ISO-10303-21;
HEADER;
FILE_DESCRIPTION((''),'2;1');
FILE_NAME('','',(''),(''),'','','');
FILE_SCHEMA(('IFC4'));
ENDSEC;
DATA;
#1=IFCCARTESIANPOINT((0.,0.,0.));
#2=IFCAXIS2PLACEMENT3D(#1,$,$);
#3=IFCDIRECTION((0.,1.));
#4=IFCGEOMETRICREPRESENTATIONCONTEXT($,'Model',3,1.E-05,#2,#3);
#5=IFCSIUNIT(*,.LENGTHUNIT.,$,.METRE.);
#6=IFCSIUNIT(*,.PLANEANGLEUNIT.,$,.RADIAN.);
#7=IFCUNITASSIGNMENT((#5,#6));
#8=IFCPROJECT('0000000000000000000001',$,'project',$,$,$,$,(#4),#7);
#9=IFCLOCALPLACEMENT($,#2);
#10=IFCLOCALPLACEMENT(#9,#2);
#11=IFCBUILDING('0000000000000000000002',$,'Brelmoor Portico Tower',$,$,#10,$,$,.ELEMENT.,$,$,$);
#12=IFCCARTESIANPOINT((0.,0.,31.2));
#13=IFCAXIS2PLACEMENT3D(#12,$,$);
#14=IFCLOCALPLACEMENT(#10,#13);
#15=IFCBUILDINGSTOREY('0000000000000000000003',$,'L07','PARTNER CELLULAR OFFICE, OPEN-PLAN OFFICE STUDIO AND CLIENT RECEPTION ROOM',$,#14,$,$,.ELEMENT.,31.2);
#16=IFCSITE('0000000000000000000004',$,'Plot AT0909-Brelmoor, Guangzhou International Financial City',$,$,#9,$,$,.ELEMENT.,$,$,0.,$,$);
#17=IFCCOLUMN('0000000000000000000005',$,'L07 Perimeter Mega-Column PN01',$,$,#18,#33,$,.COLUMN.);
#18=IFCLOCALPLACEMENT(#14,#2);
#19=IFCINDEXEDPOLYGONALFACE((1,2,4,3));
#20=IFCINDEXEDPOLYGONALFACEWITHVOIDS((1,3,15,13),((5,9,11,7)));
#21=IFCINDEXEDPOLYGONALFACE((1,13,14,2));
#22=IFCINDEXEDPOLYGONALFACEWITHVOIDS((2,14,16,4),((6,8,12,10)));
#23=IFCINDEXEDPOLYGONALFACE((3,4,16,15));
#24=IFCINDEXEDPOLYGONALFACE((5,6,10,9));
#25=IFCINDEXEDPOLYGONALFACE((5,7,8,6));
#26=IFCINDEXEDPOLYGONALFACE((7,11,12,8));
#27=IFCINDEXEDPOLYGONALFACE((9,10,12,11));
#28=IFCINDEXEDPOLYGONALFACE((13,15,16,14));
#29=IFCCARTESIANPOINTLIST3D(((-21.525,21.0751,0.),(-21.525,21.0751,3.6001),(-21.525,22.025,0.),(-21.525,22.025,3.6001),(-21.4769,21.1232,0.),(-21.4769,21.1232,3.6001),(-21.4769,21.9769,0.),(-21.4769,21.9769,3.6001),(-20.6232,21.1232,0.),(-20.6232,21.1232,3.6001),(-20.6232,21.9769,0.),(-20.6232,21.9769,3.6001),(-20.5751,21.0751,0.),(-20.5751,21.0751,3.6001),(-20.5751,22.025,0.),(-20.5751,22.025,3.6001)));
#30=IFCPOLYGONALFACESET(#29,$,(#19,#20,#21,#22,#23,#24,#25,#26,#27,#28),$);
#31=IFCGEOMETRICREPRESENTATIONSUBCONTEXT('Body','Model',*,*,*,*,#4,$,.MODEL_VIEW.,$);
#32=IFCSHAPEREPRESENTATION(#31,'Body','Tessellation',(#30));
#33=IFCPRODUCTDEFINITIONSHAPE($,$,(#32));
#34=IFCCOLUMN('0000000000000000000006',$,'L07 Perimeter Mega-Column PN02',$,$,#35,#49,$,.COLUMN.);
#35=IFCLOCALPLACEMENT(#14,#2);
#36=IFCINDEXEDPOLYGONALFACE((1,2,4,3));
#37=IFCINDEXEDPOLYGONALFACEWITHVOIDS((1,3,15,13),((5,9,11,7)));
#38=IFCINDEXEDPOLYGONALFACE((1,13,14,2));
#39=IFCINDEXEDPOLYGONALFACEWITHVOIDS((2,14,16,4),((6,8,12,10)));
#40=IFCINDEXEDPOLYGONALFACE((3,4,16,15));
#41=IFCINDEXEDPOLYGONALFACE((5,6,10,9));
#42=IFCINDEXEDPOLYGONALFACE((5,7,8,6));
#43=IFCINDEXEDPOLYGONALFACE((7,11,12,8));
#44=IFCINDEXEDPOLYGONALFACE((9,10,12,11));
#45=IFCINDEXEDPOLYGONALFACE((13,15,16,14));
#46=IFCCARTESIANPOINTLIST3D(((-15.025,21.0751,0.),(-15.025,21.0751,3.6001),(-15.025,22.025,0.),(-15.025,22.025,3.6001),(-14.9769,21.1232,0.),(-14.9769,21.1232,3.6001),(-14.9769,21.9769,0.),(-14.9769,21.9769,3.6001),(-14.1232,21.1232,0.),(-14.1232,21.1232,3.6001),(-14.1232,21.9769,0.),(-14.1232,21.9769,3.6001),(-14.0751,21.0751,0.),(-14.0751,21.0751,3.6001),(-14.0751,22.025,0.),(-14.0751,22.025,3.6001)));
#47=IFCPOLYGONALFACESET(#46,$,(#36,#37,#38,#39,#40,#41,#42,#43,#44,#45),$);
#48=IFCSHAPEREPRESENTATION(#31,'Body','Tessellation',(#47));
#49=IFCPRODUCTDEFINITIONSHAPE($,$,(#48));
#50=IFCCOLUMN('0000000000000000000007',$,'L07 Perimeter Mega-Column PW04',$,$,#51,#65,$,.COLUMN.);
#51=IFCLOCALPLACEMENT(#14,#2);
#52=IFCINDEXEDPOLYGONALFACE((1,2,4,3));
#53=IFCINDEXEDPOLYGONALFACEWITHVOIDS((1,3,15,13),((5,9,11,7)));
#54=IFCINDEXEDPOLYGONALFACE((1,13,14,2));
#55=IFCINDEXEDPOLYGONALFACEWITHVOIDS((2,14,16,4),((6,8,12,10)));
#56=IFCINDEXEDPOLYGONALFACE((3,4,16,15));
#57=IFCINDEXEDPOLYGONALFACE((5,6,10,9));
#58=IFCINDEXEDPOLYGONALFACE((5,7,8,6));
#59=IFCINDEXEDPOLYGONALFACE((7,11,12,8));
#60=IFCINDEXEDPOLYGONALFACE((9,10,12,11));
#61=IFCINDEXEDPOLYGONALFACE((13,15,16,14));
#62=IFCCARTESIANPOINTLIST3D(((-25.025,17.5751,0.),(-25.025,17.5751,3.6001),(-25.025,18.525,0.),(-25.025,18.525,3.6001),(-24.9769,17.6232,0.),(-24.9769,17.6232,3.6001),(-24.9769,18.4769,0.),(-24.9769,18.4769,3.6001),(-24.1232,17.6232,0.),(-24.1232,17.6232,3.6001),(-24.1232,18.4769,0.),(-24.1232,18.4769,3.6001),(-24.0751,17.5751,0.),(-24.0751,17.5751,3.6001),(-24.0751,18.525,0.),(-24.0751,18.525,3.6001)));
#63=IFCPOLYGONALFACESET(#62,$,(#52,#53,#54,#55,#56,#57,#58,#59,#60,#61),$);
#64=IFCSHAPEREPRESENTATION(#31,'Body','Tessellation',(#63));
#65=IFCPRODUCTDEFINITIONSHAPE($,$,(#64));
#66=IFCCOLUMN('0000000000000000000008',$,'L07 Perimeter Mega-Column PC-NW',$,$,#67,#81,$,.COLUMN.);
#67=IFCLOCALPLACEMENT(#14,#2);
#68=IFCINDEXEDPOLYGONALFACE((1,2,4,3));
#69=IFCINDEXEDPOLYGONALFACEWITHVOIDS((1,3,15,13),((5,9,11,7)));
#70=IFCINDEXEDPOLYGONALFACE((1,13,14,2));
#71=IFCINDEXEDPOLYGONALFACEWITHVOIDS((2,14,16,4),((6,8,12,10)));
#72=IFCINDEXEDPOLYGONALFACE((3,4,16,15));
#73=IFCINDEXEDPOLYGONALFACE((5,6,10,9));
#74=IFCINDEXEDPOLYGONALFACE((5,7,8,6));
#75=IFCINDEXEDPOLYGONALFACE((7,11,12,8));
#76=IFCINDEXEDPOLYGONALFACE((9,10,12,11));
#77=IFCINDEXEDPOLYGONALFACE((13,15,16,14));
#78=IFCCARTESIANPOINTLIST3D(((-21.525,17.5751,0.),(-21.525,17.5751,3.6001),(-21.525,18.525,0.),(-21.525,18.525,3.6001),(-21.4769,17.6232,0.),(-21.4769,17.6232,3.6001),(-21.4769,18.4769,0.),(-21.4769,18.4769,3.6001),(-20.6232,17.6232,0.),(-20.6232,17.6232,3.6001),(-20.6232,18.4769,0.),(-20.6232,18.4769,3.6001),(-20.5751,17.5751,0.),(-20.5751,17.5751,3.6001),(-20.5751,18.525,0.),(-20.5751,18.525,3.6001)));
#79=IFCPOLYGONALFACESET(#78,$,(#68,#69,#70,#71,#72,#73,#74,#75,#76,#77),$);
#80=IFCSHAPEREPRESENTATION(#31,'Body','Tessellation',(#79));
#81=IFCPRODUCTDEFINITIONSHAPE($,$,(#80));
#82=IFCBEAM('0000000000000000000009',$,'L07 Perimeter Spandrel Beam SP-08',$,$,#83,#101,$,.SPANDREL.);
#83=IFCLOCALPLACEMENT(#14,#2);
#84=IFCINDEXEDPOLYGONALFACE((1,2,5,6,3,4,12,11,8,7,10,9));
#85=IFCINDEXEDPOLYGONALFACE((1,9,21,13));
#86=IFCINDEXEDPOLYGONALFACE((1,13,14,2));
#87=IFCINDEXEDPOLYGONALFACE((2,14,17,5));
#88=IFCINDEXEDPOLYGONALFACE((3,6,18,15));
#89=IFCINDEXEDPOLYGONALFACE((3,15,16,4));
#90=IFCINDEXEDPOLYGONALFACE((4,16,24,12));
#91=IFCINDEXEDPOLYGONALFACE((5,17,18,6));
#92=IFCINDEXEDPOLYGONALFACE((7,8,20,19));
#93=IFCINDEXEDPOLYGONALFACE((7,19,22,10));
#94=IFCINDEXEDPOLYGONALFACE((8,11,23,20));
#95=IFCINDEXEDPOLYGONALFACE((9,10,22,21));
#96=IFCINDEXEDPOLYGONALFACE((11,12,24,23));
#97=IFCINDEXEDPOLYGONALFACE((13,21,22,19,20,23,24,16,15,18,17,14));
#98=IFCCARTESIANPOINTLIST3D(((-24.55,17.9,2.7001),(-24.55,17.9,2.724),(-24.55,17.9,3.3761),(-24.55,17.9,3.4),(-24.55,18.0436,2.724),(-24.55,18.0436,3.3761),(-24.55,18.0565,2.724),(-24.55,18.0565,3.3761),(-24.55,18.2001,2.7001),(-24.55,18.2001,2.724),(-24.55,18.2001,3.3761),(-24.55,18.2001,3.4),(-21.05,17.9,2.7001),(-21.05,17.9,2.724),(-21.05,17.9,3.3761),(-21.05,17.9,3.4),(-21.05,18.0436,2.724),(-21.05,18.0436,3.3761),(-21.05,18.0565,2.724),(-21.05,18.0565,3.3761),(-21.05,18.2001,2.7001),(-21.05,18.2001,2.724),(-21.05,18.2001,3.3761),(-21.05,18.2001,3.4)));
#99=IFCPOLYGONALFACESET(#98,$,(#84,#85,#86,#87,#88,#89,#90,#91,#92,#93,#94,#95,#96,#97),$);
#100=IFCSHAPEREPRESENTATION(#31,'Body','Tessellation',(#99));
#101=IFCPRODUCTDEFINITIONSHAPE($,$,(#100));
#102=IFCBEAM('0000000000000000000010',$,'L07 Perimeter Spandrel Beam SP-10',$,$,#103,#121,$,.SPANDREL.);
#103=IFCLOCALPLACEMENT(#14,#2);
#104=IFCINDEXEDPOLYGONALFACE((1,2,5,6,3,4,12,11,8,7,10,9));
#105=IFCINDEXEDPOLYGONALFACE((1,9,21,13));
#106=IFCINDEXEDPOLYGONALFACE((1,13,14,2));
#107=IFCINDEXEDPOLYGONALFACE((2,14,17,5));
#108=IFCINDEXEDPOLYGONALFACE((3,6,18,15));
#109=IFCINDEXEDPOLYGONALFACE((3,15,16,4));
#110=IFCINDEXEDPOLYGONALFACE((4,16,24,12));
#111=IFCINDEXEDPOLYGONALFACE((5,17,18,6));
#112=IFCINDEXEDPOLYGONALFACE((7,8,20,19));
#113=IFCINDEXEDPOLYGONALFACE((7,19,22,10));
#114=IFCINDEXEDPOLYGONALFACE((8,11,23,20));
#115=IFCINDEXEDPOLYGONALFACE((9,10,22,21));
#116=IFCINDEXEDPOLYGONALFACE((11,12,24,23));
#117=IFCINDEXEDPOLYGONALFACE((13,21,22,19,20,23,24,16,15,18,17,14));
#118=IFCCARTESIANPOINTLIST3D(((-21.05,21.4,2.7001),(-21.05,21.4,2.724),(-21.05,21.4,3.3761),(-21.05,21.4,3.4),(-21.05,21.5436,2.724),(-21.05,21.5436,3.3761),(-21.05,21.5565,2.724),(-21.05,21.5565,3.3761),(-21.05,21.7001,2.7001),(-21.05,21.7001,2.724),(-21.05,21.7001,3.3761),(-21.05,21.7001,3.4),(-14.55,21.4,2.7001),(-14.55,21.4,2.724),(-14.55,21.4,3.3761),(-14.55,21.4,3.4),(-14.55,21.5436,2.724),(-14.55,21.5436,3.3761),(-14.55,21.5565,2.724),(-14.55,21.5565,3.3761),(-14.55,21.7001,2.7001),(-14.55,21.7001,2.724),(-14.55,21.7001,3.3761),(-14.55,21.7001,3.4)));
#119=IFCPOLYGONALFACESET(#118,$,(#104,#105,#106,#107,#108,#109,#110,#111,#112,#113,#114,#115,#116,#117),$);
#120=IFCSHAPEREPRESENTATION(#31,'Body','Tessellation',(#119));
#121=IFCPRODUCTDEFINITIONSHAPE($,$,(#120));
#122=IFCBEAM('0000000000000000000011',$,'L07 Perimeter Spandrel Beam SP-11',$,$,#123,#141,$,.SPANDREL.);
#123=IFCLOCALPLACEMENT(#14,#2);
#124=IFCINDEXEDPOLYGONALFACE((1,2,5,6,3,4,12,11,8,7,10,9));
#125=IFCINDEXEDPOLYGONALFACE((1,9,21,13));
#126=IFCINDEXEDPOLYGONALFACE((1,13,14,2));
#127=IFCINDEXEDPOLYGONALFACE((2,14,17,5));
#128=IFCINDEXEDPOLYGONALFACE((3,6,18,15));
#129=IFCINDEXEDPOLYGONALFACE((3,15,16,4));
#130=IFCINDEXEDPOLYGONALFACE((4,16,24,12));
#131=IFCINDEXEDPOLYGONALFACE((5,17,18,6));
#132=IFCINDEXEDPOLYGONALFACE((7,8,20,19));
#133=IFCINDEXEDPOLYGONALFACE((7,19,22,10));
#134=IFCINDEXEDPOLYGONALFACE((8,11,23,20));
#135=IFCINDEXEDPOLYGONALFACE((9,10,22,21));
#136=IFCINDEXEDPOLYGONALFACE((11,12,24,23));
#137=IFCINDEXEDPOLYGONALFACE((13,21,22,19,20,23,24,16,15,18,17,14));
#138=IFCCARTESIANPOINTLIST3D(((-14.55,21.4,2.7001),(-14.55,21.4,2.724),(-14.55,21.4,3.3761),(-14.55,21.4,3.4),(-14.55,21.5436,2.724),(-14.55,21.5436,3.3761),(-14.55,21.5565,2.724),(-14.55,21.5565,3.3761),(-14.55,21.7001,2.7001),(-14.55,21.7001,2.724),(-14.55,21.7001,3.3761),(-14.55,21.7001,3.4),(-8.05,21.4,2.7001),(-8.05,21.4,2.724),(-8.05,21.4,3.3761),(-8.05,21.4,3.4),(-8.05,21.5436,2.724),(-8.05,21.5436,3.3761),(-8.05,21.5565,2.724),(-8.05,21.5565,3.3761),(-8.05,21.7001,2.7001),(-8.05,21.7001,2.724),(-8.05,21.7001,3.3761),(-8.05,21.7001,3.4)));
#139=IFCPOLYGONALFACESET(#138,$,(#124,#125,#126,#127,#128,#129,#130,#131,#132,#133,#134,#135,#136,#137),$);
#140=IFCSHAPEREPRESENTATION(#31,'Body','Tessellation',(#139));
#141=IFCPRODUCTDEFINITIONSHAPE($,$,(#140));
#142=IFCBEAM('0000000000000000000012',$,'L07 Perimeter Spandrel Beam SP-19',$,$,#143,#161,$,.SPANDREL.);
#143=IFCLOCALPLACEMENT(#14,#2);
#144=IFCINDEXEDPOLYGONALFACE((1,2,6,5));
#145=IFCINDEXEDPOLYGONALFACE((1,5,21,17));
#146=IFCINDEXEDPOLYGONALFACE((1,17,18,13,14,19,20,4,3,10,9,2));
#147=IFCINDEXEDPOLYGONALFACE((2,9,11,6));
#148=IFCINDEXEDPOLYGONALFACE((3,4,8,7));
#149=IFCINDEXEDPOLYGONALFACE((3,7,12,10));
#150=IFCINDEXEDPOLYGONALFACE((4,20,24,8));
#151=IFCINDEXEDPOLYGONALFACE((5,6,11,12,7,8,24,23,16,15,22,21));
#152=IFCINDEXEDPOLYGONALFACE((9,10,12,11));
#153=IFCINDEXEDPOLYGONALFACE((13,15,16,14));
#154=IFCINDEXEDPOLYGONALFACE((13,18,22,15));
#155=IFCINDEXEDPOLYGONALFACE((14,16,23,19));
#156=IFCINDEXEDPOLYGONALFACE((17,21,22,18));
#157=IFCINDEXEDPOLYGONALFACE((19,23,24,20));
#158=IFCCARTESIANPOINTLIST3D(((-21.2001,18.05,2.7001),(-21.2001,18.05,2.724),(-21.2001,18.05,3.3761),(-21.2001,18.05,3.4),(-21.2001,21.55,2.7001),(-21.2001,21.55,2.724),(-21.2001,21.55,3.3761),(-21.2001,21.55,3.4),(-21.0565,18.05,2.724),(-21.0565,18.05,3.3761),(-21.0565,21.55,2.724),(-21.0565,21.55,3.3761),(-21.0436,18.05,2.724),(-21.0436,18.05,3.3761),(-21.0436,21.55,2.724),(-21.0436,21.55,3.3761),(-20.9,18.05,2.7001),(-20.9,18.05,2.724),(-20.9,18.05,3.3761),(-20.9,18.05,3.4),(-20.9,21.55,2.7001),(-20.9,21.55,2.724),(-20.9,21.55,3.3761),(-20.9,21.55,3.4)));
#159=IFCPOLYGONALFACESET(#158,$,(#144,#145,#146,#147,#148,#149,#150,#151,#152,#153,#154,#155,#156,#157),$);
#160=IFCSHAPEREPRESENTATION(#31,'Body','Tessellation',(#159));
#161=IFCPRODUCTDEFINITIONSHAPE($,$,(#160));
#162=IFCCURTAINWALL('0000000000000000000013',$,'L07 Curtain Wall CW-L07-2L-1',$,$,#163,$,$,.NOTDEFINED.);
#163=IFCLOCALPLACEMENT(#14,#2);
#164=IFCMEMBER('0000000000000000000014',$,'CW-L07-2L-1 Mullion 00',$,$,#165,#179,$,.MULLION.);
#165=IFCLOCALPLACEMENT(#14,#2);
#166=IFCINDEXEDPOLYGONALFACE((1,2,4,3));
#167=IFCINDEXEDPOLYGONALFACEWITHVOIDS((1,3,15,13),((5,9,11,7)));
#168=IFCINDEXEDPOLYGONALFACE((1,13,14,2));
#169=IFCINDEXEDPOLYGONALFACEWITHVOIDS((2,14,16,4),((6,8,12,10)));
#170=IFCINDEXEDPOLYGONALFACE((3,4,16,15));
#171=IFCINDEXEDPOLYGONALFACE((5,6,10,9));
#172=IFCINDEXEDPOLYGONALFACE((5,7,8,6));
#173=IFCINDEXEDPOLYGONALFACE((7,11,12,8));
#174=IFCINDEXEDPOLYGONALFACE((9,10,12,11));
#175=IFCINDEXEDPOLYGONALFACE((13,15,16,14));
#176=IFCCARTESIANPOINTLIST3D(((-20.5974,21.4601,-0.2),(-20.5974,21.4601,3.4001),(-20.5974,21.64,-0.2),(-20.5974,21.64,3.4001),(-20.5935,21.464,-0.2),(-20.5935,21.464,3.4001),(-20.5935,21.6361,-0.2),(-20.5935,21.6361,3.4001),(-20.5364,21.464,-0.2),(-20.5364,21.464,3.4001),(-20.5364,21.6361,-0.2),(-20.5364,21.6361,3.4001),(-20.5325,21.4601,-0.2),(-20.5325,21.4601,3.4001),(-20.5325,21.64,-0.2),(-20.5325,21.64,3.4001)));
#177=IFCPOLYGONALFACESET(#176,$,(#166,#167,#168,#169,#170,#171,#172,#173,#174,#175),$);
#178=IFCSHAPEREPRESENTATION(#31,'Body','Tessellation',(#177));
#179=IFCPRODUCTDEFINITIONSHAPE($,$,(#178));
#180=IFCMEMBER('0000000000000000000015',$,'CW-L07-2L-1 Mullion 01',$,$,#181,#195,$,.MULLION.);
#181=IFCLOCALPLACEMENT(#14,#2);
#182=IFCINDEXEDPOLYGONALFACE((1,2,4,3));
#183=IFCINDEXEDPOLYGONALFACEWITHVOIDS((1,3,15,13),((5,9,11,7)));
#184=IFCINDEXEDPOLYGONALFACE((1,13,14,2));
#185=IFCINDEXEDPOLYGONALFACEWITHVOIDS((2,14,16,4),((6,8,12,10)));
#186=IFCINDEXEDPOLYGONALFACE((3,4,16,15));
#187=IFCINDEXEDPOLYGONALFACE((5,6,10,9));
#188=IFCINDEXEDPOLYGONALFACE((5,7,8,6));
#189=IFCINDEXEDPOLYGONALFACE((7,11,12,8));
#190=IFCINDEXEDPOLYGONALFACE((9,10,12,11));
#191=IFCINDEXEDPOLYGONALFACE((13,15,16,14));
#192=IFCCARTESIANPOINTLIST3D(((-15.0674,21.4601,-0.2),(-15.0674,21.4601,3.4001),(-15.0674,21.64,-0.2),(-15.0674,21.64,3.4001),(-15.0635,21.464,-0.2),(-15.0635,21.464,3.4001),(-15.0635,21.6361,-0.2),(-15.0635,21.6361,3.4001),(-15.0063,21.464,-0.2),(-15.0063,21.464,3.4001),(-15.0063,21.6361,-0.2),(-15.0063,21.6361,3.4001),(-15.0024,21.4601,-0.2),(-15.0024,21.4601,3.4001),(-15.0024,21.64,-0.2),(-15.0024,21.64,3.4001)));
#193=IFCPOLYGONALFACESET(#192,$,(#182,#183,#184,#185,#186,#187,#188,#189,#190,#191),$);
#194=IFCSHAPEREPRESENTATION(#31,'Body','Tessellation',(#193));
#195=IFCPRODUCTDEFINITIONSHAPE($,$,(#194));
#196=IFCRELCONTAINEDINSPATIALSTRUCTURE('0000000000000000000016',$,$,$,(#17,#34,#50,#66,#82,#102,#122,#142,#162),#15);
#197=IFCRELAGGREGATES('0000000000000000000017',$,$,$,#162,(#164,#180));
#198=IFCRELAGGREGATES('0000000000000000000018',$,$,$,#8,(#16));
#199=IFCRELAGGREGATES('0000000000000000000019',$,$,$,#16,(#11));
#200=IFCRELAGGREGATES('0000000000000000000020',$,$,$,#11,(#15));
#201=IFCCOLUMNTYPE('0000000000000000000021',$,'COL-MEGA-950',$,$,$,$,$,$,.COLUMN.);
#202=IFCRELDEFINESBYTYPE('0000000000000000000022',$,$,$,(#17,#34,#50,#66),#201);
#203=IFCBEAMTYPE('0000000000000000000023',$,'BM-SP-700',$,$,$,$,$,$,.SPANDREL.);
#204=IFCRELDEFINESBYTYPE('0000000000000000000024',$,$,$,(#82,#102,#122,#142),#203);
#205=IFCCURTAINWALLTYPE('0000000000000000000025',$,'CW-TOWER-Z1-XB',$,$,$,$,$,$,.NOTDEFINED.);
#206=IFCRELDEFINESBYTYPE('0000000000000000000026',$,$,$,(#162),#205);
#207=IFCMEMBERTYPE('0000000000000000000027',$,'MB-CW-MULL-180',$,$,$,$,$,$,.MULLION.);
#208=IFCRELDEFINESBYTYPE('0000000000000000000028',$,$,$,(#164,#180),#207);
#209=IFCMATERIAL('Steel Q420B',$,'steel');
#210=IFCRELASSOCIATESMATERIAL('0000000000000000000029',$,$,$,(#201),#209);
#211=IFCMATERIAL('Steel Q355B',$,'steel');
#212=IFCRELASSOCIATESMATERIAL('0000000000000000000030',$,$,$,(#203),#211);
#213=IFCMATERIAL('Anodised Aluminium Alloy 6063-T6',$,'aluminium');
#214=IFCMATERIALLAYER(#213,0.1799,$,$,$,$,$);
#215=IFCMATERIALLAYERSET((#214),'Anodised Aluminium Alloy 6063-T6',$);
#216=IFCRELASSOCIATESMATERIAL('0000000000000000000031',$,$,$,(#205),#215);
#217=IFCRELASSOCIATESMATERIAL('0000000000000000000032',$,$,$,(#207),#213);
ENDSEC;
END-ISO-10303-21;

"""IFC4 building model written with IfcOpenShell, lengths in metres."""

from ifc_helpers import new_model, si_unit, direction, frame, origin, origin_2d, place, context, subcontext, project, spatial, hollow_rectangle, i_section, extrude, material, layer, layer_set, material_profile, profile_set, type_object, element, aggregate, save


model = new_model("IFC4")

# Units and contexts
model_context = context("Model", 3, precision=1e-05, world=origin(), true_north=direction((0.0, 1.0)))
body_context = subcontext(model_context, "Body", "Model", "MODEL_VIEW")
ifc_project = project(units=[si_unit("LENGTHUNIT", "METRE"), si_unit("PLANEANGLEUNIT", "RADIAN")], contexts=[model_context])

# Site, building, storey
site_placement = place(None, origin())
site = spatial("IfcSite", under=ifc_project, at=site_placement, Name="Plot AT0909-Brelmoor, Guangzhou International Financial City", CompositionType="ELEMENT", RefElevation=0.0)
building_placement = place(site_placement, origin())
building = spatial("IfcBuilding", under=site, at=building_placement, Name="Brelmoor Portico Tower", CompositionType="ELEMENT")
storey_placement = place(building_placement, frame((0.0, 0.0, 31.2)))
storey = spatial("IfcBuildingStorey", under=building, at=storey_placement, Name="L07", Description="PARTNER CELLULAR OFFICE, OPEN-PLAN OFFICE STUDIO AND CLIENT RECEPTION ROOM", CompositionType="ELEMENT", Elevation=31.2)

# Columns
ifc_material_1 = material(Name="Steel Q420B", Category="steel")
ifc_material_profile_1 = material_profile(ifc_material_1, hollow_rectangle(XDim=0.95, YDim=0.95, WallThickness=0.0481, at=origin_2d()), Name="BOX 950x950x48")
ifc_profile_set_1 = profile_set([ifc_material_profile_1], Name="Steel Q420B")
column_type = type_object("IfcColumnType", Name="COL-MEGA-950", PredefinedType="COLUMN", material=ifc_profile_set_1)
for number, where, z_axis, x_axis, name in (
    (1, (-21.05, 21.55, 0.0), (0.0, 0.0, 1.0), (1.0, 0.0, 0.0), "L07 Perimeter Mega-Column PN01"),
    (2, (-14.55, 21.55, 0.0), (0.0, 0.0, 1.0), (1.0, 0.0, 0.0), "L07 Perimeter Mega-Column PN02"),
    (3, (-24.55, 18.05, 0.0), (0.0, 0.0, 1.0), (0.0, 1.0, 0.0), "L07 Perimeter Mega-Column PW04"),
    (4, (-21.05, 18.05, 0.0), (0.0, 0.0, 1.0), (1.0, 0.0, 0.0), "L07 Perimeter Mega-Column PC-NW"),
):
    element("IfcColumn", number, at=place(storey_placement, frame(where, z_axis=z_axis, x_axis=x_axis)), inside=storey, type_object=column_type, Name=name, PredefinedType="COLUMN", context=body_context, shape_type="SweptSolid", body=[
        extrude(hollow_rectangle(XDim=0.95, YDim=0.95, WallThickness=0.0481, at=origin_2d()), origin(), (0.0, 0.0, 1.0), 3.6001),
    ])

# Beams
ifc_material_2 = material(Name="Steel Q355B", Category="steel")
ifc_material_profile_2 = material_profile(ifc_material_2, i_section(OverallWidth=0.3, OverallDepth=0.7, WebThickness=0.0129, FlangeThickness=0.0239, at=origin_2d()), Name="HN 700x300x13x24")
ifc_profile_set_2 = profile_set([ifc_material_profile_2], Name="Steel Q355B")
beam_type = type_object("IfcBeamType", Name="BM-SP-700", PredefinedType="SPANDREL", material=ifc_profile_set_2)
beam_1_placement = place(storey_placement, frame((-24.55, 18.05, 3.05), z_axis=(1.0, 0.0, 0.0), x_axis=(0.0, 1.0, 0.0)))
element("IfcBeam", 5, at=beam_1_placement, inside=storey, type_object=beam_type, Name="L07 Perimeter Spandrel Beam SP-08", PredefinedType="SPANDREL", context=body_context, shape_type="SweptSolid", body=[
    extrude(i_section(OverallWidth=0.3, OverallDepth=0.7, WebThickness=0.0129, FlangeThickness=0.0239, at=origin_2d()), origin(), (0.0, 0.0, 1.0), 3.5),
])
for number, where, z_axis, x_axis, name in (
    (6, (-21.05, 21.55, 3.05), (1.0, 0.0, 0.0), (0.0, 1.0, 0.0), "L07 Perimeter Spandrel Beam SP-10"),
    (7, (-14.55, 21.55, 3.05), (1.0, 0.0, 0.0), (0.0, 1.0, 0.0), "L07 Perimeter Spandrel Beam SP-11"),
):
    element("IfcBeam", number, at=place(storey_placement, frame(where, z_axis=z_axis, x_axis=x_axis)), inside=storey, type_object=beam_type, Name=name, PredefinedType="SPANDREL", context=body_context, shape_type="SweptSolid", body=[
        extrude(i_section(OverallWidth=0.3, OverallDepth=0.7, WebThickness=0.0129, FlangeThickness=0.0239, at=origin_2d()), origin(), (0.0, 0.0, 1.0), 6.5),
    ])
beam_2_placement = place(storey_placement, frame((-21.05, 18.05, 3.05), z_axis=(0.0, 1.0, 0.0), x_axis=(-1.0, 0.0, 0.0)))
element("IfcBeam", 8, at=beam_2_placement, inside=storey, type_object=beam_type, Name="L07 Perimeter Spandrel Beam SP-19", PredefinedType="SPANDREL", context=body_context, shape_type="SweptSolid", body=[
    extrude(i_section(OverallWidth=0.3, OverallDepth=0.7, WebThickness=0.0129, FlangeThickness=0.0239, at=origin_2d()), origin(), (0.0, 0.0, 1.0), 3.5),
])

# Curtain wall, members
ifc_material_3 = material(Name="Anodised Aluminium Alloy 6063-T6", Category="aluminium")
ifc_layer_1 = layer(ifc_material_3, 0.1799)
ifc_layer_set_1 = layer_set([ifc_layer_1], Name="Anodised Aluminium Alloy 6063-T6")
curtain_wall_type_1 = type_object("IfcCurtainWallType", Name="CW-TOWER-Z1-XB", PredefinedType="NOTDEFINED", material=ifc_layer_set_1)
curtain_wall_1_placement = place(storey_placement, origin())
curtain_wall_1 = element("IfcCurtainWall", 9, at=curtain_wall_1_placement, inside=storey, type_object=curtain_wall_type_1, Name="L07 Curtain Wall CW-L07-2L-1", PredefinedType="NOTDEFINED")
ifc_material_profile_3 = material_profile(ifc_material_3, hollow_rectangle(XDim=0.0649, YDim=0.1799, WallThickness=0.0039, at=origin_2d()), Name="ALU MULLION 65x180")
ifc_profile_set_3 = profile_set([ifc_material_profile_3], Name="Anodised Aluminium Alloy 6063-T6")
member_type_1 = type_object("IfcMemberType", Name="MB-CW-MULL-180", PredefinedType="MULLION", material=ifc_profile_set_3)
member_1_placement = place(storey_placement, frame((-20.5649, 21.55, -0.2), z_axis=(0.0, 0.0, 1.0), x_axis=(1.0, 0.0, 0.0)))
member_1 = element("IfcMember", 10, at=member_1_placement, type_object=member_type_1, Name="CW-L07-2L-1 Mullion 00", PredefinedType="MULLION", context=body_context, shape_type="SweptSolid", body=[
    extrude(hollow_rectangle(XDim=0.0649, YDim=0.1799, WallThickness=0.0039, at=origin_2d()), origin(), (0.0, 0.0, 1.0), 3.6001),
])
member_2_placement = place(storey_placement, frame((-15.0349, 21.55, -0.2), z_axis=(0.0, 0.0, 1.0), x_axis=(1.0, 0.0, 0.0)))
member_2 = element("IfcMember", 11, at=member_2_placement, type_object=member_type_1, Name="CW-L07-2L-1 Mullion 01", PredefinedType="MULLION", context=body_context, shape_type="SweptSolid", body=[
    extrude(hollow_rectangle(XDim=0.0649, YDim=0.1799, WallThickness=0.0039, at=origin_2d()), origin(), (0.0, 0.0, 1.0), 3.6001),
])

aggregate(curtain_wall_1, [member_1, member_2])

save(model, "model.ifc")
